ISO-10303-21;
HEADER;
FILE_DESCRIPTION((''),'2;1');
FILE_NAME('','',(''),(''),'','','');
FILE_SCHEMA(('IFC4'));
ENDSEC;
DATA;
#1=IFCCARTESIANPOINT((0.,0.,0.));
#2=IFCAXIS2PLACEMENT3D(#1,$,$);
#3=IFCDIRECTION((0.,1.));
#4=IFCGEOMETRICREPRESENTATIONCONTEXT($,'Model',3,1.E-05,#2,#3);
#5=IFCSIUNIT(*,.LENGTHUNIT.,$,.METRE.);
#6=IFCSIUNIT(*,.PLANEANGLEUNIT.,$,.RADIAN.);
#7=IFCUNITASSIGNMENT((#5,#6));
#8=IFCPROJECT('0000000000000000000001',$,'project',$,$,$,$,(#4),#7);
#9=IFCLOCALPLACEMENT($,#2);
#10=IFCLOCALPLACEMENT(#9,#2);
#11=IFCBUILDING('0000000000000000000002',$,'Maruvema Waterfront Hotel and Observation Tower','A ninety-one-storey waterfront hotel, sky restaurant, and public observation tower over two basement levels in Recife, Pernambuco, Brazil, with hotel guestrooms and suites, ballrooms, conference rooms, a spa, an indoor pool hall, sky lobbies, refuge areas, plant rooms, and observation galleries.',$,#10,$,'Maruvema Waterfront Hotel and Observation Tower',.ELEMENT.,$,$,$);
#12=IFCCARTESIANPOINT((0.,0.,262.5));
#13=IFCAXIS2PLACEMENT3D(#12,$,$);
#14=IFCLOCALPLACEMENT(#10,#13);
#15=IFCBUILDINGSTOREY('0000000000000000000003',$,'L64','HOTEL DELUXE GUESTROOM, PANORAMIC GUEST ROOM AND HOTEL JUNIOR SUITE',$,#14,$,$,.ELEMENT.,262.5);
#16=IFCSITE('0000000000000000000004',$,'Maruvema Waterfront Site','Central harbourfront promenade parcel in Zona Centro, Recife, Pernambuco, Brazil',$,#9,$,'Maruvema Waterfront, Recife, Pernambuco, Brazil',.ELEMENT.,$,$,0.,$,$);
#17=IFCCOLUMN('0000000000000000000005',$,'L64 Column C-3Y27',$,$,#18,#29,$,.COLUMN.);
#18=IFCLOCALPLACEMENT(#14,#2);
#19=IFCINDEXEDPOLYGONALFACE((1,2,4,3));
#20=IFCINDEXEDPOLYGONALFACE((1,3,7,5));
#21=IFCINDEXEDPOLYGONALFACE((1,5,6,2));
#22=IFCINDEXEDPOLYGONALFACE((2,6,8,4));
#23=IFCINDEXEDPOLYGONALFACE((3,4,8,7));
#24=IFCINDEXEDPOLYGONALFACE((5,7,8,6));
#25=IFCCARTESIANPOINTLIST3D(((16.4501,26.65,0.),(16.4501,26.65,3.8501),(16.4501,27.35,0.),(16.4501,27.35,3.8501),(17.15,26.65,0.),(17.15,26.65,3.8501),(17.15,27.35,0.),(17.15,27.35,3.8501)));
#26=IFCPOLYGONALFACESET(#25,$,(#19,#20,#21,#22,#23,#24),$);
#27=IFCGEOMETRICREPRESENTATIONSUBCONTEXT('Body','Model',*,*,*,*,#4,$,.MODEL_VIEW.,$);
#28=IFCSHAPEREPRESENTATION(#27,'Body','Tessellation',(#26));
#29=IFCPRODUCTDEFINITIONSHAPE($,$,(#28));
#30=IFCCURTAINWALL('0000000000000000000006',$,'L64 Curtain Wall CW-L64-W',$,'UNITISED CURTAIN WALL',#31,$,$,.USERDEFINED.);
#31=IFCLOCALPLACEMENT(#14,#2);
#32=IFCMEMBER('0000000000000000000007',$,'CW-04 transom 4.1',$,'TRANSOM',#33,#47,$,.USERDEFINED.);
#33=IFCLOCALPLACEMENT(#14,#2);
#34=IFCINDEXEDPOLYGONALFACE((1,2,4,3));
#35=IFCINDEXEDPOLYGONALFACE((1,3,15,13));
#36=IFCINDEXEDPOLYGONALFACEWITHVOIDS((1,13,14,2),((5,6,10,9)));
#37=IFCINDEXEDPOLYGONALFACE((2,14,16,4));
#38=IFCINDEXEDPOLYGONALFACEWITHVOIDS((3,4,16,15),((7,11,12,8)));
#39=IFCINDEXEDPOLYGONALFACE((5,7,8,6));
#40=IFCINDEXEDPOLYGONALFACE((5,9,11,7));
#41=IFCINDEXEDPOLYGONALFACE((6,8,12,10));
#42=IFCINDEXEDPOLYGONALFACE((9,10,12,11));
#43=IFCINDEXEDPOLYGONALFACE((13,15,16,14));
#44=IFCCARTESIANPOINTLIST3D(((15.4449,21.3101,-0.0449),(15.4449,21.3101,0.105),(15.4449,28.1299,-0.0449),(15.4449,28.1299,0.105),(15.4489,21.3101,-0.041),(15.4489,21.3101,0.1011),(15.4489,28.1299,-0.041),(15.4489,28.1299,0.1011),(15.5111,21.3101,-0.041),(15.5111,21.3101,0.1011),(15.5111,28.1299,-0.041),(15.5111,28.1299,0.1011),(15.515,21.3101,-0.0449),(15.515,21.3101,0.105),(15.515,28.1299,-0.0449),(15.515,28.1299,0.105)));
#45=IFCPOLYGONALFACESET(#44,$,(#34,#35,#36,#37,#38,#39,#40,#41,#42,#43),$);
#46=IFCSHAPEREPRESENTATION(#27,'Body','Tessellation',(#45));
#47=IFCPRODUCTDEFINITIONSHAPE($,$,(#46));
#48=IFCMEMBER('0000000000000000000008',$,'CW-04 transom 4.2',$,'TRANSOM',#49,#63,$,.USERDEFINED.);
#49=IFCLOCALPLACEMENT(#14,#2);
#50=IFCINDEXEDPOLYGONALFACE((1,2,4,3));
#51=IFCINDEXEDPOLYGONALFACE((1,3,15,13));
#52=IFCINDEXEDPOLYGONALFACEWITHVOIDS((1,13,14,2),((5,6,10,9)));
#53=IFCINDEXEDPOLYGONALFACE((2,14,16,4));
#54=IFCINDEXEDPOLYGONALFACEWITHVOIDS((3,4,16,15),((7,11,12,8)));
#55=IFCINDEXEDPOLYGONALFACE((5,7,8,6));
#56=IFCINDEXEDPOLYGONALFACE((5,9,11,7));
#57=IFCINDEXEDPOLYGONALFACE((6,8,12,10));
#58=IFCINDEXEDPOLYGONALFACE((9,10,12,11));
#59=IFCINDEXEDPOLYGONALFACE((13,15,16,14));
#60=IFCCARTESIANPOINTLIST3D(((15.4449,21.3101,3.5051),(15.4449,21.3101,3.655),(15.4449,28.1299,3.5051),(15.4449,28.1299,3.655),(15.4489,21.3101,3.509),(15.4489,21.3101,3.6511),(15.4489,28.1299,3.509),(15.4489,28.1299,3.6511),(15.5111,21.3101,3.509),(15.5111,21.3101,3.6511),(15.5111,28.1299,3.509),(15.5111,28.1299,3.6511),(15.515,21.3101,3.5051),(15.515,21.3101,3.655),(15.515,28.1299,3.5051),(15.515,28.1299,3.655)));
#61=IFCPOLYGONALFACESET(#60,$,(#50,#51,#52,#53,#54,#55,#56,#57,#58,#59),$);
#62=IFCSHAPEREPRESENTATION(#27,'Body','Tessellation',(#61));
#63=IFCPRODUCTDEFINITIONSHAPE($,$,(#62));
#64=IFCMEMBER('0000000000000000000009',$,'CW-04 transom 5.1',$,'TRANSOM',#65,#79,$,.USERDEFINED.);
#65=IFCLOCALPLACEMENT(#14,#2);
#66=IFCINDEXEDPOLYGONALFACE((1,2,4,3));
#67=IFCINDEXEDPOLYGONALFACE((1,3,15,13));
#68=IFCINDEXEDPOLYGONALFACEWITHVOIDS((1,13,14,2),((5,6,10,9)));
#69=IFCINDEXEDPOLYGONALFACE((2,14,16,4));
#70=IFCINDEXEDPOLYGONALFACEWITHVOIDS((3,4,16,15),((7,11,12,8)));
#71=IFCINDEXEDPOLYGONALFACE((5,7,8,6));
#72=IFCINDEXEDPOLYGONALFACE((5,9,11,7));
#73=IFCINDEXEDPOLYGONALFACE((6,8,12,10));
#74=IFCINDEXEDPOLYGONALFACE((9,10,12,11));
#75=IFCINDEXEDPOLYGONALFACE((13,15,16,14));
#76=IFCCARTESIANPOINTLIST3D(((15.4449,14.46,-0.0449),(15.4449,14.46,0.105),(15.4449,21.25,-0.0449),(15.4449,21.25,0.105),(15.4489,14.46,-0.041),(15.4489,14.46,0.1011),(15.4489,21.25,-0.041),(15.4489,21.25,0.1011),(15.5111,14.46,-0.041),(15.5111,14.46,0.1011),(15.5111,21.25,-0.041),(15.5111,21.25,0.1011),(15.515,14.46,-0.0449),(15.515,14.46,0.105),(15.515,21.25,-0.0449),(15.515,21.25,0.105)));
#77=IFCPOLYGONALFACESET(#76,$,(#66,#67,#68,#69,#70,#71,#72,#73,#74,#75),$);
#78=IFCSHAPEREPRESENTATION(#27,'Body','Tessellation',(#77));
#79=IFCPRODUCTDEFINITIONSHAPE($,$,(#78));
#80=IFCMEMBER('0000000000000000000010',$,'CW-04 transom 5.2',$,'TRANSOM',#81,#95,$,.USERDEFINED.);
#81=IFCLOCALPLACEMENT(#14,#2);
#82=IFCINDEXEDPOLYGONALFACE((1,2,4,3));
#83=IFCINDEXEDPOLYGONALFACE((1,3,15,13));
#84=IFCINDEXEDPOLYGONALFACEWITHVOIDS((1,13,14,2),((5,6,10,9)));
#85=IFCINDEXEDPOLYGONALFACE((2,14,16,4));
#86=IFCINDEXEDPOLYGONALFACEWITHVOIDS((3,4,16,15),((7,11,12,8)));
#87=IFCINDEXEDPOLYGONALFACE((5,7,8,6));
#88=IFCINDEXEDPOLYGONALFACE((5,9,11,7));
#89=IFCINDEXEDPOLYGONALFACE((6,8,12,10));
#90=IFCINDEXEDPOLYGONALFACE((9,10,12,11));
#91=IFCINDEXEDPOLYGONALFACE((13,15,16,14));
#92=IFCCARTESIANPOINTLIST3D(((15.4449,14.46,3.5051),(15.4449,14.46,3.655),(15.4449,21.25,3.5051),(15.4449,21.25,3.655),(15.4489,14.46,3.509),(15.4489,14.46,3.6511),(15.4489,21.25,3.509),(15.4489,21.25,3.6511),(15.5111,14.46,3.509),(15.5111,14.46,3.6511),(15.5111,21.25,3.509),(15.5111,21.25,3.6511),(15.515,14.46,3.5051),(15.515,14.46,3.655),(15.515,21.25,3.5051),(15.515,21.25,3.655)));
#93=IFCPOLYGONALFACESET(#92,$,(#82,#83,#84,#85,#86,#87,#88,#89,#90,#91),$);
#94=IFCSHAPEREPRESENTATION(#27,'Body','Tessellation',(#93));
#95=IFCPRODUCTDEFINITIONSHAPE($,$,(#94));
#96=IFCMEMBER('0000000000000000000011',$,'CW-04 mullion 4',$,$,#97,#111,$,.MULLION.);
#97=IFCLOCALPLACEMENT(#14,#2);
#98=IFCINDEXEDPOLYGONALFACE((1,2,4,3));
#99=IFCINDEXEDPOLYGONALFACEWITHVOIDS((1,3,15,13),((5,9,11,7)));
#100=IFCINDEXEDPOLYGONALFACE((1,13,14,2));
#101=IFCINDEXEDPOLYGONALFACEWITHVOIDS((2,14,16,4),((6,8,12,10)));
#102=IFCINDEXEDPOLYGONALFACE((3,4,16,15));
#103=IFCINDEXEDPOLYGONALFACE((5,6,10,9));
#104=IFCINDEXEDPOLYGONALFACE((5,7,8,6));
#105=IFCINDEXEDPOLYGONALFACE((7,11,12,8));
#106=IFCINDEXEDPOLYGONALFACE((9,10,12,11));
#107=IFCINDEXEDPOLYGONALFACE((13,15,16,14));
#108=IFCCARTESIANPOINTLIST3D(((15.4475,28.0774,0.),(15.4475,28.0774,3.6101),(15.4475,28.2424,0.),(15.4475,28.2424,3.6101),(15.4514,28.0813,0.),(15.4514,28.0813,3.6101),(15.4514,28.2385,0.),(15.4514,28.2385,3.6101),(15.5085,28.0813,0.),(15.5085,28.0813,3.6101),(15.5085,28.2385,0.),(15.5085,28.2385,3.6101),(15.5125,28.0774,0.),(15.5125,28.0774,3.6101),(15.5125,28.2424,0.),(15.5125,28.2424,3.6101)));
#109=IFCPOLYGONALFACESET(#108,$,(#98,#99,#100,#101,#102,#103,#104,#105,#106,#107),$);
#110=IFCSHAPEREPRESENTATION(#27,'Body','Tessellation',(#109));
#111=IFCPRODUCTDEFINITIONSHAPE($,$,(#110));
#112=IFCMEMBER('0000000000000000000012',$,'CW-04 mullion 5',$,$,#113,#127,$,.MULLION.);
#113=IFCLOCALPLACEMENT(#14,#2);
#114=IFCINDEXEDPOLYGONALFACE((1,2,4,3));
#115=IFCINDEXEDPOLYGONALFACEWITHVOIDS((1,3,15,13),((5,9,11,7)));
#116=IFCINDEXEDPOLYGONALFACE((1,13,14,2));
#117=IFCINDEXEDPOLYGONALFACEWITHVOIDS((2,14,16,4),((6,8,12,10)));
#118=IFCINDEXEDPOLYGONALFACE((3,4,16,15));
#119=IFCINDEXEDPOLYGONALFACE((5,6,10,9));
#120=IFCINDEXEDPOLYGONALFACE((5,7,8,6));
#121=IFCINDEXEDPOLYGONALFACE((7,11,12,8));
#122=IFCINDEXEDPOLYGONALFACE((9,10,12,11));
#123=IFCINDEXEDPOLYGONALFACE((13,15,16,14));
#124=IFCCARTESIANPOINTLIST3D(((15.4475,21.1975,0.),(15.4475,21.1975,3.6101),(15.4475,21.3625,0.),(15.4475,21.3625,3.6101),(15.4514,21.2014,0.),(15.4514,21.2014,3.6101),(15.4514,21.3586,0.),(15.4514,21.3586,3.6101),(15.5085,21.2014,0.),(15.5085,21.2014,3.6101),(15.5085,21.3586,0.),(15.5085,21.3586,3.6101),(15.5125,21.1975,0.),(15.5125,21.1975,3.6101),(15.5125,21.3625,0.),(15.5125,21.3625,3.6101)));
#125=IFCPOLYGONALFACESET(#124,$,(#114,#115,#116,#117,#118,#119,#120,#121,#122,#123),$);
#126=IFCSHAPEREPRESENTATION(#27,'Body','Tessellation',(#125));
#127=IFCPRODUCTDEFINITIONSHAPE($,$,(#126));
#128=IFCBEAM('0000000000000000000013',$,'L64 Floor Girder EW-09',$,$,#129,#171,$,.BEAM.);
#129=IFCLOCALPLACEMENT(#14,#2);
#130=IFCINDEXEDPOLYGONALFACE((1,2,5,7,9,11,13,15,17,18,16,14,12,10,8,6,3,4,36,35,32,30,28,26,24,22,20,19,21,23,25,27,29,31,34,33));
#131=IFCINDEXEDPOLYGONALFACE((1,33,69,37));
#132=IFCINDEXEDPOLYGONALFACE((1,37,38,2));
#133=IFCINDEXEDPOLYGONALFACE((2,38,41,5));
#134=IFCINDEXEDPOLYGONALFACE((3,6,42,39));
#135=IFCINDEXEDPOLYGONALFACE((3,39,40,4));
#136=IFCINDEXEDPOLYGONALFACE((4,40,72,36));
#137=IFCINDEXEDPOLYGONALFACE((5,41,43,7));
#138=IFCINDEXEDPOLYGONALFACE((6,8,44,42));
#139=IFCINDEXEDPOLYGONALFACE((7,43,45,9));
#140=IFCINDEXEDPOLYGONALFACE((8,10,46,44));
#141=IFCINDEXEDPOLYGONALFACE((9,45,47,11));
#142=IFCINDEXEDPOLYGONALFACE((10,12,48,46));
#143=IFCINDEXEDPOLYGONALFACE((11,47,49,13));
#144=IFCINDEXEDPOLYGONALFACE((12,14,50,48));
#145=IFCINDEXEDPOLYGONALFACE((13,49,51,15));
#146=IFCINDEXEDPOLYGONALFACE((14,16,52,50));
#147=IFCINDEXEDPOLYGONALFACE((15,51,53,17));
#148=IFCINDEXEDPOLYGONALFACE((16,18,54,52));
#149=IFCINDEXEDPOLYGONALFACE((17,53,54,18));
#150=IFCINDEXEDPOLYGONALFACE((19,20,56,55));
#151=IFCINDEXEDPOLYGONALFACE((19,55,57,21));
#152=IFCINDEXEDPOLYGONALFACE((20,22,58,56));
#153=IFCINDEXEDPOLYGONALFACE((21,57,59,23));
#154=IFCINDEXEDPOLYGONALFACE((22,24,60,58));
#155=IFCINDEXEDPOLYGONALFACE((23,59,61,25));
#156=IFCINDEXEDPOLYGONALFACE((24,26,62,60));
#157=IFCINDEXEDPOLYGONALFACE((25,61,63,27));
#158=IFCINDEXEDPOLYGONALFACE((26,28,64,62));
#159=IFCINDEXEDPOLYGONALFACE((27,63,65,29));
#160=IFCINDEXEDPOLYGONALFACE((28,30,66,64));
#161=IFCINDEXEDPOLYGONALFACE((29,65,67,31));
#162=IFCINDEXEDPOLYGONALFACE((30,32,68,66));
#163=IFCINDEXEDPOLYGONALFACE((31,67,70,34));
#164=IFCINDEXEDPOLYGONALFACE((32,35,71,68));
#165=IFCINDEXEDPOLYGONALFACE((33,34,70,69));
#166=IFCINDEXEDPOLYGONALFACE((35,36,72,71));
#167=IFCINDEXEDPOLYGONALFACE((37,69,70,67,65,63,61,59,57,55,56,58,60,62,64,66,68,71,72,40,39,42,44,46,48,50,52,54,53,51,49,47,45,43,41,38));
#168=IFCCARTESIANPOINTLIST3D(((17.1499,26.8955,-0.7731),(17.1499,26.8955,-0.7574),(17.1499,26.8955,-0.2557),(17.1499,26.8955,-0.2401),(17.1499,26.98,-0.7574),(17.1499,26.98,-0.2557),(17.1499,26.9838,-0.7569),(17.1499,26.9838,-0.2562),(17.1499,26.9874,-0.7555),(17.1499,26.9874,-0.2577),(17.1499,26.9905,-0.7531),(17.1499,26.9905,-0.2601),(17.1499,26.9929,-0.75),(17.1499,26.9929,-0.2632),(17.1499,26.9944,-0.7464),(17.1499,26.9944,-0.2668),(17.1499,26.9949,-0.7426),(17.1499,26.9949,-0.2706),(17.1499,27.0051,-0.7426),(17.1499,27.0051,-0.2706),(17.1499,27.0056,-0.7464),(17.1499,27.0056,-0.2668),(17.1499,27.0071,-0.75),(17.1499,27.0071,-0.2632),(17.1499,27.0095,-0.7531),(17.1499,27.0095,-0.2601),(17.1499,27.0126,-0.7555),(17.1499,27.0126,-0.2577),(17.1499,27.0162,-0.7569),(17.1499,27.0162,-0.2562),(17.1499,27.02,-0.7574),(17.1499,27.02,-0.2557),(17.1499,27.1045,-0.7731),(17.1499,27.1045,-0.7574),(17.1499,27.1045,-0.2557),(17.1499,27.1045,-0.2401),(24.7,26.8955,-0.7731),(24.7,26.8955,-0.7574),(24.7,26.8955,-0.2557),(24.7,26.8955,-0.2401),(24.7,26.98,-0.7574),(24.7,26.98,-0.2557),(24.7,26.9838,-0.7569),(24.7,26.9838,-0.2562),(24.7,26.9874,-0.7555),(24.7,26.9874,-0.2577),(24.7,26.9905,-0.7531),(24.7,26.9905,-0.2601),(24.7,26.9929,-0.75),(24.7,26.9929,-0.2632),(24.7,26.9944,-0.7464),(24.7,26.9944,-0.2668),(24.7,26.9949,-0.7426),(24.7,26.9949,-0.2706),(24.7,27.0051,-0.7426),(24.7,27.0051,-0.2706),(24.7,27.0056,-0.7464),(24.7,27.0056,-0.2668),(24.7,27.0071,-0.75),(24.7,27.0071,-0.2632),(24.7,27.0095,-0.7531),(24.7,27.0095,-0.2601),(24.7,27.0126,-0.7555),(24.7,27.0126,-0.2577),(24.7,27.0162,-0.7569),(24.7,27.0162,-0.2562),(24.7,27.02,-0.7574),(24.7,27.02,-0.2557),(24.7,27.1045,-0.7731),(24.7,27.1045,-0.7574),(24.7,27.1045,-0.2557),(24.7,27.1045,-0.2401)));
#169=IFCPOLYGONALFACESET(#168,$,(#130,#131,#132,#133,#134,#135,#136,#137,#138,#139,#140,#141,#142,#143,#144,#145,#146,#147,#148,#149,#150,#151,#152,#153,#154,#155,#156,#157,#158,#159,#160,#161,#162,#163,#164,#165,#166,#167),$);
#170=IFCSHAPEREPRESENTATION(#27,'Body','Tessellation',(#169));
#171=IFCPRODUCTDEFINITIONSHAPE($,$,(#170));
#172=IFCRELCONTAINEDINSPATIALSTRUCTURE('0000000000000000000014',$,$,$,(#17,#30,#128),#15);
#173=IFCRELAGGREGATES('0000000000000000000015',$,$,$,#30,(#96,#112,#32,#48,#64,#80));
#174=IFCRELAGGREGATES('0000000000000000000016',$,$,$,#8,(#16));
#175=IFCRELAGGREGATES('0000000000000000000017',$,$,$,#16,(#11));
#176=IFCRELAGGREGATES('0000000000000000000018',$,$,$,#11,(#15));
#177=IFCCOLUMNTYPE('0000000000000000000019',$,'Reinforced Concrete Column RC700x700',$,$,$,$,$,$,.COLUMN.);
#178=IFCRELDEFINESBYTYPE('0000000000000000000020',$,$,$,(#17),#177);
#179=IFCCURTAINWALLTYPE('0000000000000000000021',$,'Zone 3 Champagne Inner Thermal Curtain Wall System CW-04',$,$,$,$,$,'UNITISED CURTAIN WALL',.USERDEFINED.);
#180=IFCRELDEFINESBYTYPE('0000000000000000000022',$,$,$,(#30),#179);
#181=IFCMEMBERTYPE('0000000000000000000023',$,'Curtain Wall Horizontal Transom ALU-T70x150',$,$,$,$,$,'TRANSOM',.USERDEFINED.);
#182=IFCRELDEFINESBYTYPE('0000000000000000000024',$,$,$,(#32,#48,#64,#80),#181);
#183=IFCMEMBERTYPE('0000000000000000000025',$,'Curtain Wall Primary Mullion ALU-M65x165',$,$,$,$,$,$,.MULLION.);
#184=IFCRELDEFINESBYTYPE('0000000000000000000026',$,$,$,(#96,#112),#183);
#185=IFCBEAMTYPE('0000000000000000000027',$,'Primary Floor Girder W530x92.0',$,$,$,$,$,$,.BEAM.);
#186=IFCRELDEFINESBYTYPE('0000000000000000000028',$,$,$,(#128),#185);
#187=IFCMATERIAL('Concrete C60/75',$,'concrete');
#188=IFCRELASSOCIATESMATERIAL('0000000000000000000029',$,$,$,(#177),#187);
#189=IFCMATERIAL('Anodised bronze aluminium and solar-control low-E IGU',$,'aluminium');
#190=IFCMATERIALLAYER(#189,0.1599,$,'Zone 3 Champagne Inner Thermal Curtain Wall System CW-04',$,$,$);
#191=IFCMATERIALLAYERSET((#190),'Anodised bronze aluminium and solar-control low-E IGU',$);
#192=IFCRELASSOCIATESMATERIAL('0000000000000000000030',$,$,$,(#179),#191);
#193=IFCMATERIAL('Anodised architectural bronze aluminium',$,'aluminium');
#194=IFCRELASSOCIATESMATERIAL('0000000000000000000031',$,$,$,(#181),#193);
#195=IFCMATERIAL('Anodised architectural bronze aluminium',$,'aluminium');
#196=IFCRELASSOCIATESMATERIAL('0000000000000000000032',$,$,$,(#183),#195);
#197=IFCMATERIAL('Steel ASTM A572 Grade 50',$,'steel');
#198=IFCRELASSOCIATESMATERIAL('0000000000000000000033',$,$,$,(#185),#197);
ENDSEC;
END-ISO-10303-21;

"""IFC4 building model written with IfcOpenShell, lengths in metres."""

from ifc_helpers import new_model, si_unit, direction, frame, origin, origin_2d, place, context, subcontext, project, spatial, rectangle, hollow_rectangle, i_section, extrude, material, layer, layer_set, material_profile, profile_set, type_object, element, aggregate, save


model = new_model("IFC4")

# Units and contexts
model_context = context("Model", 3, precision=1e-05, world=origin(), true_north=direction((0.0, 1.0)))
body_context = subcontext(model_context, "Body", "Model", "MODEL_VIEW")
ifc_project = project(units=[si_unit("LENGTHUNIT", "METRE"), si_unit("PLANEANGLEUNIT", "RADIAN")], contexts=[model_context])

# Site, building, storey
site_placement = place(None, origin())
site = spatial("IfcSite", under=ifc_project, at=site_placement, Name="Maruvema Waterfront Site", Description="Central harbourfront promenade parcel in Zona Centro, Recife, Pernambuco, Brazil", LongName="Maruvema Waterfront, Recife, Pernambuco, Brazil", CompositionType="ELEMENT", RefElevation=0.0)
building_placement = place(site_placement, origin())
building = spatial("IfcBuilding", under=site, at=building_placement, Name="Maruvema Waterfront Hotel and Observation Tower", Description="A ninety-one-storey waterfront hotel, sky restaurant, and public observation tower over two basement levels in Recife, Pernambuco, Brazil, with hotel guestrooms and suites, ballrooms, conference rooms, a spa, an indoor pool hall, sky lobbies, refuge areas, plant rooms, and observation galleries.", LongName="Maruvema Waterfront Hotel and Observation Tower", CompositionType="ELEMENT")
storey_placement = place(building_placement, frame((0.0, 0.0, 262.5)))
storey = spatial("IfcBuildingStorey", under=building, at=storey_placement, Name="L64", Description="HOTEL DELUXE GUESTROOM, PANORAMIC GUEST ROOM AND HOTEL JUNIOR SUITE", CompositionType="ELEMENT", Elevation=262.5)

# Column
ifc_material_1 = material(Name="Concrete C60/75", Category="concrete")
ifc_material_profile_1 = material_profile(ifc_material_1, rectangle(XDim=0.7, YDim=0.7, at=origin_2d()), Name="RC700x700")
ifc_profile_set_1 = profile_set([ifc_material_profile_1], Name="Concrete C60/75")
column_type = type_object("IfcColumnType", Name="Reinforced Concrete Column RC700x700", PredefinedType="COLUMN", material=ifc_profile_set_1)
column_placement = place(storey_placement, frame((16.8, 27.0, 0.0), z_axis=(0.0, 0.0, 1.0), x_axis=(1.0, 0.0, 0.0)))
element("IfcColumn", 1, at=column_placement, inside=storey, type_object=column_type, Name="L64 Column C-3Y27", PredefinedType="COLUMN", context=body_context, shape_type="SweptSolid", body=[
    extrude(rectangle(XDim=0.7, YDim=0.7, at=origin_2d()), origin(), (0.0, 0.0, 1.0), 3.8501),
])

# Curtain wall, members
ifc_material_2 = material(Name="Anodised bronze aluminium and solar-control low-E IGU", Category="aluminium")
ifc_layer_1 = layer(ifc_material_2, 0.1599, Name="Zone 3 Champagne Inner Thermal Curtain Wall System CW-04")
ifc_layer_set_1 = layer_set([ifc_layer_1], Name="Anodised bronze aluminium and solar-control low-E IGU")
curtain_wall_type = type_object("IfcCurtainWallType", Name="Zone 3 Champagne Inner Thermal Curtain Wall System CW-04", ElementType="UNITISED CURTAIN WALL", PredefinedType="USERDEFINED", material=ifc_layer_set_1)
curtain_wall_placement = place(storey_placement, origin())
curtain_wall = element("IfcCurtainWall", 2, at=curtain_wall_placement, inside=storey, type_object=curtain_wall_type, Name="L64 Curtain Wall CW-L64-W", ObjectType="UNITISED CURTAIN WALL", PredefinedType="USERDEFINED")
ifc_material_3 = material(Name="Anodised architectural bronze aluminium", Category="aluminium")
ifc_material_profile_2 = material_profile(ifc_material_3, hollow_rectangle(XDim=0.0701, YDim=0.1499, WallThickness=0.0039, at=origin_2d()), Name="ALU-T70x150")
ifc_profile_set_2 = profile_set([ifc_material_profile_2], Name="Anodised architectural bronze aluminium")
member_type_1 = type_object("IfcMemberType", Name="Curtain Wall Horizontal Transom ALU-T70x150", ElementType="TRANSOM", PredefinedType="USERDEFINED", material=ifc_profile_set_2)
member_1_placement = place(storey_placement, frame((15.48, 28.1299, 0.03), z_axis=(0.0, -1.0, 0.0), x_axis=(1.0, 0.0, 0.0)))
member_1 = element("IfcMember", 3, at=member_1_placement, type_object=member_type_1, Name="CW-04 transom 4.1", ObjectType="TRANSOM", PredefinedType="USERDEFINED", context=body_context, shape_type="SweptSolid", body=[
    extrude(hollow_rectangle(XDim=0.0701, YDim=0.1499, WallThickness=0.0039, at=origin_2d()), origin(), (0.0, 0.0, 1.0), 6.8198),
])
member_2_placement = place(storey_placement, frame((15.48, 28.1299, 3.5801), z_axis=(0.0, -1.0, 0.0), x_axis=(1.0, 0.0, 0.0)))
member_2 = element("IfcMember", 4, at=member_2_placement, type_object=member_type_1, Name="CW-04 transom 4.2", ObjectType="TRANSOM", PredefinedType="USERDEFINED", context=body_context, shape_type="SweptSolid", body=[
    extrude(hollow_rectangle(XDim=0.0701, YDim=0.1499, WallThickness=0.0039, at=origin_2d()), origin(), (0.0, 0.0, 1.0), 6.8198),
])
member_3_placement = place(storey_placement, frame((15.48, 21.25, 0.03), z_axis=(0.0, -1.0, 0.0), x_axis=(1.0, 0.0, 0.0)))
member_3 = element("IfcMember", 5, at=member_3_placement, type_object=member_type_1, Name="CW-04 transom 5.1", ObjectType="TRANSOM", PredefinedType="USERDEFINED", context=body_context, shape_type="SweptSolid", body=[
    extrude(hollow_rectangle(XDim=0.0701, YDim=0.1499, WallThickness=0.0039, at=origin_2d()), origin(), (0.0, 0.0, 1.0), 6.79),
])
member_4_placement = place(storey_placement, frame((15.48, 21.25, 3.5801), z_axis=(0.0, -1.0, 0.0), x_axis=(1.0, 0.0, 0.0)))
member_4 = element("IfcMember", 6, at=member_4_placement, type_object=member_type_1, Name="CW-04 transom 5.2", ObjectType="TRANSOM", PredefinedType="USERDEFINED", context=body_context, shape_type="SweptSolid", body=[
    extrude(hollow_rectangle(XDim=0.0701, YDim=0.1499, WallThickness=0.0039, at=origin_2d()), origin(), (0.0, 0.0, 1.0), 6.79),
])
ifc_material_4 = material(Name="Anodised architectural bronze aluminium", Category="aluminium")
ifc_material_profile_3 = material_profile(ifc_material_4, hollow_rectangle(XDim=0.0649, YDim=0.165, WallThickness=0.0039, at=origin_2d()), Name="ALU-M65x165")
ifc_profile_set_3 = profile_set([ifc_material_profile_3], Name="Anodised architectural bronze aluminium")
member_type_2 = type_object("IfcMemberType", Name="Curtain Wall Primary Mullion ALU-M65x165", PredefinedType="MULLION", material=ifc_profile_set_3)
member_5_placement = place(storey_placement, frame((15.48, 28.1599, 0.0), z_axis=(0.0, 0.0, 1.0), x_axis=(1.0, 0.0, 0.0)))
member_5 = element("IfcMember", 7, at=member_5_placement, type_object=member_type_2, Name="CW-04 mullion 4", PredefinedType="MULLION", context=body_context, shape_type="SweptSolid", body=[
    extrude(hollow_rectangle(XDim=0.0649, YDim=0.165, WallThickness=0.0039, at=origin_2d()), origin(), (0.0, 0.0, 1.0), 3.6101),
])
member_6_placement = place(storey_placement, frame((15.48, 21.28, 0.0), z_axis=(0.0, 0.0, 1.0), x_axis=(1.0, 0.0, 0.0)))
member_6 = element("IfcMember", 8, at=member_6_placement, type_object=member_type_2, Name="CW-04 mullion 5", PredefinedType="MULLION", context=body_context, shape_type="SweptSolid", body=[
    extrude(hollow_rectangle(XDim=0.0649, YDim=0.165, WallThickness=0.0039, at=origin_2d()), origin(), (0.0, 0.0, 1.0), 3.6101),
])

# Beam
ifc_material_5 = material(Name="Steel ASTM A572 Grade 50", Category="steel")
ifc_material_profile_4 = material_profile(ifc_material_5, i_section(OverallWidth=0.209, OverallDepth=0.533, WebThickness=0.0103, FlangeThickness=0.0156, FilletRadius=0.0149, at=origin_2d()), Name="W530x92.0")
ifc_profile_set_4 = profile_set([ifc_material_profile_4], Name="Steel ASTM A572 Grade 50")
beam_type_1 = type_object("IfcBeamType", Name="Primary Floor Girder W530x92.0", PredefinedType="BEAM", material=ifc_profile_set_4)
beam_1_placement = place(storey_placement, frame((17.1499, 27.0, -0.5066), z_axis=(1.0, 0.0, 0.0), x_axis=(0.0, 1.0, 0.0)))
element("IfcBeam", 9, at=beam_1_placement, inside=storey, type_object=beam_type_1, Name="L64 Floor Girder EW-09", PredefinedType="BEAM", context=body_context, shape_type="SweptSolid", body=[
    extrude(i_section(OverallWidth=0.209, OverallDepth=0.533, WebThickness=0.0103, FlangeThickness=0.0156, FilletRadius=0.0149, at=origin_2d()), origin(), (0.0, 0.0, 1.0), 7.55),
])

aggregate(curtain_wall, [member_5, member_6, member_1, member_2, member_3, member_4])

save(model, "model.ifc")
